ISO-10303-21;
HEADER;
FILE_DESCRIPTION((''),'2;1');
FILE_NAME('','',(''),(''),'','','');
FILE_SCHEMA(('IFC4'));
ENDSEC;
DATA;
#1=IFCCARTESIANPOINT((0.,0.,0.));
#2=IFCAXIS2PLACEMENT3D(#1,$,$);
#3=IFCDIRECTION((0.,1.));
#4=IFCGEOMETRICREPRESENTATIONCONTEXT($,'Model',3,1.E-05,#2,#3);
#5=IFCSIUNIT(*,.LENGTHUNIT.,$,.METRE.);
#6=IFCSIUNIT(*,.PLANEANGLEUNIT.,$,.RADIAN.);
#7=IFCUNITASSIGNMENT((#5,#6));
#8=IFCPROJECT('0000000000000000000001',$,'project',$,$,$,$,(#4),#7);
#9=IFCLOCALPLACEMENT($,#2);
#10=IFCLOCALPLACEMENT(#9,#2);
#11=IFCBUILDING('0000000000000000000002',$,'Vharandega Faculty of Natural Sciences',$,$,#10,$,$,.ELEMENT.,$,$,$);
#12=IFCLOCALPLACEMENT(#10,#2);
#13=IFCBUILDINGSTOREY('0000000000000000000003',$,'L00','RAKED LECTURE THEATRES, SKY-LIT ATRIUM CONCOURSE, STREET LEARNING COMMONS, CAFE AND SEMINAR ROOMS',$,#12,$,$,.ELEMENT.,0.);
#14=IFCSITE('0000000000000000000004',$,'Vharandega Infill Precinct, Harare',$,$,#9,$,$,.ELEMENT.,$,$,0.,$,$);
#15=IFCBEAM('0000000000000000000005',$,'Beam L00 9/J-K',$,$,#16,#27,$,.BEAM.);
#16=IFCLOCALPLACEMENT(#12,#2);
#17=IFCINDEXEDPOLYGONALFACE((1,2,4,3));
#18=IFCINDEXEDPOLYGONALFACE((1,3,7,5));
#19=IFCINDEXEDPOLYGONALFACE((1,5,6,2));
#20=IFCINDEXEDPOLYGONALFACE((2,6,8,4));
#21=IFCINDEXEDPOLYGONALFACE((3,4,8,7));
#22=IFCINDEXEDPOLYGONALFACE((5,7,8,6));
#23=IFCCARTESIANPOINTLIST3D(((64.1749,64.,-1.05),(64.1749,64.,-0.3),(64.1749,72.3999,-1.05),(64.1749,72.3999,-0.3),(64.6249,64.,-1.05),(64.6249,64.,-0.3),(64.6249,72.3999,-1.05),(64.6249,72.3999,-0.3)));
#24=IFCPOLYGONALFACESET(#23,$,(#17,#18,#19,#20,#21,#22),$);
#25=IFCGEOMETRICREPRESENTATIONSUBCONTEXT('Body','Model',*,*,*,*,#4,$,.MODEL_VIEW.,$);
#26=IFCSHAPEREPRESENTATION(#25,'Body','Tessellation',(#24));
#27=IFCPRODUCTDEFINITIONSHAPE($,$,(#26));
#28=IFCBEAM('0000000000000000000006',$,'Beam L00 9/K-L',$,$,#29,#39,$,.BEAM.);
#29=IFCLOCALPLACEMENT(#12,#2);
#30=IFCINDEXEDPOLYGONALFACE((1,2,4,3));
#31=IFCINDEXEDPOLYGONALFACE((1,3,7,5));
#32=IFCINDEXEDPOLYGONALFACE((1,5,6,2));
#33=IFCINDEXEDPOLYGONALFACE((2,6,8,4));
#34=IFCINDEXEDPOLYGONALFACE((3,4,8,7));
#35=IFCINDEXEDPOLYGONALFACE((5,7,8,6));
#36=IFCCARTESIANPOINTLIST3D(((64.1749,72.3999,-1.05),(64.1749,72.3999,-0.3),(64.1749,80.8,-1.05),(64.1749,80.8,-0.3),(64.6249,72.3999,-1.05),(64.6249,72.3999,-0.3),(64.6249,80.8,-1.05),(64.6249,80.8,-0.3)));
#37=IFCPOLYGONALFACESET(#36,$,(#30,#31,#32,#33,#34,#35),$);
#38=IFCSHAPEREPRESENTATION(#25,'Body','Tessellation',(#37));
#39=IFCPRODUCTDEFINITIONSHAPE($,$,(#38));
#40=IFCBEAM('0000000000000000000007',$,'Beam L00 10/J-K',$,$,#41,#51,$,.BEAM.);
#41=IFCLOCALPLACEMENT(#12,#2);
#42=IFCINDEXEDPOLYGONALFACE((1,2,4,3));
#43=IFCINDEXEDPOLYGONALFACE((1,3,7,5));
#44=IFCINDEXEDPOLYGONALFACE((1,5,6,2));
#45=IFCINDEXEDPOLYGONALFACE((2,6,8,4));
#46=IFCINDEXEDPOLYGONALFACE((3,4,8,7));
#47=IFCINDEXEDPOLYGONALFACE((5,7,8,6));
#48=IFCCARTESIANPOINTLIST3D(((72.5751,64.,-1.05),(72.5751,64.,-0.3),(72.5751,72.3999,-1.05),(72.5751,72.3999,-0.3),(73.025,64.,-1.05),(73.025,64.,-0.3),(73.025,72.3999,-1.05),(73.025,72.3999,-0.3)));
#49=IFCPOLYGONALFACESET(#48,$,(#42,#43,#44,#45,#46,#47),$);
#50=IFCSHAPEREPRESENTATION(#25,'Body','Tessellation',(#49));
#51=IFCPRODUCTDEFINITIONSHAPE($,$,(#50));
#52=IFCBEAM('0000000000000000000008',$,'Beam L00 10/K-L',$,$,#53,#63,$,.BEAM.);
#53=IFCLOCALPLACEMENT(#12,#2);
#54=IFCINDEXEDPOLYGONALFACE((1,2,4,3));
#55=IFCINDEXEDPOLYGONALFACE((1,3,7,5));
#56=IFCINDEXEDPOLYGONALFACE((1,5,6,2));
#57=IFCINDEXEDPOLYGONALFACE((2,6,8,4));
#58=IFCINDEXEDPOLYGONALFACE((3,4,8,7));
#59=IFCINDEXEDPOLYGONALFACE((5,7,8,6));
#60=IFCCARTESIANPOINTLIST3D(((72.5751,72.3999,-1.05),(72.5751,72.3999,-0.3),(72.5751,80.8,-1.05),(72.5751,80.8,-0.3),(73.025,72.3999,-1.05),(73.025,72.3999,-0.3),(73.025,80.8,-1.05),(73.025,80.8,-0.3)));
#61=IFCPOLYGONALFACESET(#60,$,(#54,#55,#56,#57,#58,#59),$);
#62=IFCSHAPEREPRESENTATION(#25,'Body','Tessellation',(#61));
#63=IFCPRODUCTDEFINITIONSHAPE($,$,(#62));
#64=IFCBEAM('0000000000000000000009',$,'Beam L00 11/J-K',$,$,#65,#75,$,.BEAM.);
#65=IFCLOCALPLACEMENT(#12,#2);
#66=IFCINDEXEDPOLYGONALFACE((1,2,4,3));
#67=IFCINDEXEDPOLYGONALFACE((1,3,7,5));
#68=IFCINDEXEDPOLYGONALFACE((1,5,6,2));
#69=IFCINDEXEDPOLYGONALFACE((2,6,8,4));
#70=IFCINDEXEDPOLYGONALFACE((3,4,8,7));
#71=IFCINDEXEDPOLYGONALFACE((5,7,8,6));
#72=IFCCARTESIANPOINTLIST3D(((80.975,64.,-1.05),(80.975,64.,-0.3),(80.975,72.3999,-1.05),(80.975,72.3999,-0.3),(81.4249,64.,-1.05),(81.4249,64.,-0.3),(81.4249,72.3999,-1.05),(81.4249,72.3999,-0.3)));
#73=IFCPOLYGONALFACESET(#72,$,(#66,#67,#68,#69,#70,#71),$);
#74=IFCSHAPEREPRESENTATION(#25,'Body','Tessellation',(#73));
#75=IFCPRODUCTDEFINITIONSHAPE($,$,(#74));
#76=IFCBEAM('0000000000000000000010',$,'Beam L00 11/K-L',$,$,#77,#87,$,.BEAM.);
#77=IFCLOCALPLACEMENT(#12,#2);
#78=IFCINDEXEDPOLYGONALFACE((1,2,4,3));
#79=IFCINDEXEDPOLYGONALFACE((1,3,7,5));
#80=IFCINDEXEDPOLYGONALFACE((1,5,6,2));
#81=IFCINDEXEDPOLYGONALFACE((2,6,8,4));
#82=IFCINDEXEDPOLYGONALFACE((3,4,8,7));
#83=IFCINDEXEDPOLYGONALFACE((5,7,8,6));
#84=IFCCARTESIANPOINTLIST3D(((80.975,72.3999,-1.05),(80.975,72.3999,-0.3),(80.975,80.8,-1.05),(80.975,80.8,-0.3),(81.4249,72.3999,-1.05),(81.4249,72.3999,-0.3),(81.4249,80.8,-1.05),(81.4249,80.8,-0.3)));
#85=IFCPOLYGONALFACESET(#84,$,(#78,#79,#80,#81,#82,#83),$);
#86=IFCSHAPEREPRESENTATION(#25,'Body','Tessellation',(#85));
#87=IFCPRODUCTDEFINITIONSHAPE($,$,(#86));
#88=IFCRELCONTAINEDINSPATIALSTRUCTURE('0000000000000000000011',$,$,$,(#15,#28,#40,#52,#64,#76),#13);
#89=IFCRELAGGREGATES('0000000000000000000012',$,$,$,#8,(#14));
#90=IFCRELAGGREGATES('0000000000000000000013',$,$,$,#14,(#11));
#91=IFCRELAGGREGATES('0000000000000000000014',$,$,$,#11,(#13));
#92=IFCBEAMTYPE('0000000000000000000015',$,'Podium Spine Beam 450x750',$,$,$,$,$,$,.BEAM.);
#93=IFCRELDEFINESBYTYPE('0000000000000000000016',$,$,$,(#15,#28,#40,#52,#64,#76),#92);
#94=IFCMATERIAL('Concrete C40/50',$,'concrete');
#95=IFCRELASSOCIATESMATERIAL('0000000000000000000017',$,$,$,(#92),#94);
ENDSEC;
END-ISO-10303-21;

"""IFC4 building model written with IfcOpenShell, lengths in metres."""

from ifc_helpers import new_model, si_unit, direction, frame, origin, origin_2d, place, context, subcontext, project, spatial, rectangle, extrude, material, material_profile, profile_set, type_object, element, save


model = new_model("IFC4")

# Units and contexts
model_context = context("Model", 3, precision=1e-05, world=origin(), true_north=direction((0.0, 1.0)))
body_context = subcontext(model_context, "Body", "Model", "MODEL_VIEW")
ifc_project = project(units=[si_unit("LENGTHUNIT", "METRE"), si_unit("PLANEANGLEUNIT", "RADIAN")], contexts=[model_context])

# Site, building, storey
site_placement = place(None, origin())
site = spatial("IfcSite", under=ifc_project, at=site_placement, Name="Vharandega Infill Precinct, Harare", CompositionType="ELEMENT", RefElevation=0.0)
building_placement = place(site_placement, origin())
building = spatial("IfcBuilding", under=site, at=building_placement, Name="Vharandega Faculty of Natural Sciences", CompositionType="ELEMENT")
storey_placement = place(building_placement, origin())
storey = spatial("IfcBuildingStorey", under=building, at=storey_placement, Name="L00", Description="RAKED LECTURE THEATRES, SKY-LIT ATRIUM CONCOURSE, STREET LEARNING COMMONS, CAFE AND SEMINAR ROOMS", CompositionType="ELEMENT", Elevation=0.0)

# Beams
ifc_material_1 = material(Name="Concrete C40/50", Category="concrete")
ifc_material_profile_1 = material_profile(ifc_material_1, rectangle(XDim=0.45, YDim=0.75, at=origin_2d()), Name="RC 450x750")
ifc_profile_set_1 = profile_set([ifc_material_profile_1], Name="Concrete C40/50")
beam_type_1 = type_object("IfcBeamType", Name="Podium Spine Beam 450x750", PredefinedType="BEAM", material=ifc_profile_set_1)
beam_1_placement = place(storey_placement, frame((64.3999, 64.0, -0.675), z_axis=(0.0, 1.0, 0.0), x_axis=(-1.0, 0.0, 0.0)))
element("IfcBeam", 1, at=beam_1_placement, inside=storey, type_object=beam_type_1, Name="Beam L00 9/J-K", PredefinedType="BEAM", context=body_context, shape_type="SweptSolid", body=[
    extrude(rectangle(XDim=0.45, YDim=0.75, at=origin_2d()), origin(), (0.0, 0.0, 1.0), 8.3999),
])
beam_2_placement = place(storey_placement, frame((64.3999, 72.3999, -0.675), z_axis=(0.0, 1.0, 0.0), x_axis=(-1.0, 0.0, 0.0)))
element("IfcBeam", 2, at=beam_2_placement, inside=storey, type_object=beam_type_1, Name="Beam L00 9/K-L", PredefinedType="BEAM", context=body_context, shape_type="SweptSolid", body=[
    extrude(rectangle(XDim=0.45, YDim=0.75, at=origin_2d()), origin(), (0.0, 0.0, 1.0), 8.4001),
])
beam_3_placement = place(storey_placement, frame((72.8, 64.0, -0.675), z_axis=(0.0, 1.0, 0.0), x_axis=(-1.0, 0.0, 0.0)))
element("IfcBeam", 3, at=beam_3_placement, inside=storey, type_object=beam_type_1, Name="Beam L00 10/J-K", PredefinedType="BEAM", context=body_context, shape_type="SweptSolid", body=[
    extrude(rectangle(XDim=0.45, YDim=0.75, at=origin_2d()), origin(), (0.0, 0.0, 1.0), 8.3999),
])
beam_4_placement = place(storey_placement, frame((72.8, 72.3999, -0.675), z_axis=(0.0, 1.0, 0.0), x_axis=(-1.0, 0.0, 0.0)))
element("IfcBeam", 4, at=beam_4_placement, inside=storey, type_object=beam_type_1, Name="Beam L00 10/K-L", PredefinedType="BEAM", context=body_context, shape_type="SweptSolid", body=[
    extrude(rectangle(XDim=0.45, YDim=0.75, at=origin_2d()), origin(), (0.0, 0.0, 1.0), 8.4001),
])
beam_5_placement = place(storey_placement, frame((81.2, 64.0, -0.675), z_axis=(0.0, 1.0, 0.0), x_axis=(-1.0, 0.0, 0.0)))
element("IfcBeam", 5, at=beam_5_placement, inside=storey, type_object=beam_type_1, Name="Beam L00 11/J-K", PredefinedType="BEAM", context=body_context, shape_type="SweptSolid", body=[
    extrude(rectangle(XDim=0.45, YDim=0.75, at=origin_2d()), origin(), (0.0, 0.0, 1.0), 8.3999),
])
beam_6_placement = place(storey_placement, frame((81.2, 72.3999, -0.675), z_axis=(0.0, 1.0, 0.0), x_axis=(-1.0, 0.0, 0.0)))
element("IfcBeam", 6, at=beam_6_placement, inside=storey, type_object=beam_type_1, Name="Beam L00 11/K-L", PredefinedType="BEAM", context=body_context, shape_type="SweptSolid", body=[
    extrude(rectangle(XDim=0.45, YDim=0.75, at=origin_2d()), origin(), (0.0, 0.0, 1.0), 8.4001),
])

save(model, "model.ifc")
